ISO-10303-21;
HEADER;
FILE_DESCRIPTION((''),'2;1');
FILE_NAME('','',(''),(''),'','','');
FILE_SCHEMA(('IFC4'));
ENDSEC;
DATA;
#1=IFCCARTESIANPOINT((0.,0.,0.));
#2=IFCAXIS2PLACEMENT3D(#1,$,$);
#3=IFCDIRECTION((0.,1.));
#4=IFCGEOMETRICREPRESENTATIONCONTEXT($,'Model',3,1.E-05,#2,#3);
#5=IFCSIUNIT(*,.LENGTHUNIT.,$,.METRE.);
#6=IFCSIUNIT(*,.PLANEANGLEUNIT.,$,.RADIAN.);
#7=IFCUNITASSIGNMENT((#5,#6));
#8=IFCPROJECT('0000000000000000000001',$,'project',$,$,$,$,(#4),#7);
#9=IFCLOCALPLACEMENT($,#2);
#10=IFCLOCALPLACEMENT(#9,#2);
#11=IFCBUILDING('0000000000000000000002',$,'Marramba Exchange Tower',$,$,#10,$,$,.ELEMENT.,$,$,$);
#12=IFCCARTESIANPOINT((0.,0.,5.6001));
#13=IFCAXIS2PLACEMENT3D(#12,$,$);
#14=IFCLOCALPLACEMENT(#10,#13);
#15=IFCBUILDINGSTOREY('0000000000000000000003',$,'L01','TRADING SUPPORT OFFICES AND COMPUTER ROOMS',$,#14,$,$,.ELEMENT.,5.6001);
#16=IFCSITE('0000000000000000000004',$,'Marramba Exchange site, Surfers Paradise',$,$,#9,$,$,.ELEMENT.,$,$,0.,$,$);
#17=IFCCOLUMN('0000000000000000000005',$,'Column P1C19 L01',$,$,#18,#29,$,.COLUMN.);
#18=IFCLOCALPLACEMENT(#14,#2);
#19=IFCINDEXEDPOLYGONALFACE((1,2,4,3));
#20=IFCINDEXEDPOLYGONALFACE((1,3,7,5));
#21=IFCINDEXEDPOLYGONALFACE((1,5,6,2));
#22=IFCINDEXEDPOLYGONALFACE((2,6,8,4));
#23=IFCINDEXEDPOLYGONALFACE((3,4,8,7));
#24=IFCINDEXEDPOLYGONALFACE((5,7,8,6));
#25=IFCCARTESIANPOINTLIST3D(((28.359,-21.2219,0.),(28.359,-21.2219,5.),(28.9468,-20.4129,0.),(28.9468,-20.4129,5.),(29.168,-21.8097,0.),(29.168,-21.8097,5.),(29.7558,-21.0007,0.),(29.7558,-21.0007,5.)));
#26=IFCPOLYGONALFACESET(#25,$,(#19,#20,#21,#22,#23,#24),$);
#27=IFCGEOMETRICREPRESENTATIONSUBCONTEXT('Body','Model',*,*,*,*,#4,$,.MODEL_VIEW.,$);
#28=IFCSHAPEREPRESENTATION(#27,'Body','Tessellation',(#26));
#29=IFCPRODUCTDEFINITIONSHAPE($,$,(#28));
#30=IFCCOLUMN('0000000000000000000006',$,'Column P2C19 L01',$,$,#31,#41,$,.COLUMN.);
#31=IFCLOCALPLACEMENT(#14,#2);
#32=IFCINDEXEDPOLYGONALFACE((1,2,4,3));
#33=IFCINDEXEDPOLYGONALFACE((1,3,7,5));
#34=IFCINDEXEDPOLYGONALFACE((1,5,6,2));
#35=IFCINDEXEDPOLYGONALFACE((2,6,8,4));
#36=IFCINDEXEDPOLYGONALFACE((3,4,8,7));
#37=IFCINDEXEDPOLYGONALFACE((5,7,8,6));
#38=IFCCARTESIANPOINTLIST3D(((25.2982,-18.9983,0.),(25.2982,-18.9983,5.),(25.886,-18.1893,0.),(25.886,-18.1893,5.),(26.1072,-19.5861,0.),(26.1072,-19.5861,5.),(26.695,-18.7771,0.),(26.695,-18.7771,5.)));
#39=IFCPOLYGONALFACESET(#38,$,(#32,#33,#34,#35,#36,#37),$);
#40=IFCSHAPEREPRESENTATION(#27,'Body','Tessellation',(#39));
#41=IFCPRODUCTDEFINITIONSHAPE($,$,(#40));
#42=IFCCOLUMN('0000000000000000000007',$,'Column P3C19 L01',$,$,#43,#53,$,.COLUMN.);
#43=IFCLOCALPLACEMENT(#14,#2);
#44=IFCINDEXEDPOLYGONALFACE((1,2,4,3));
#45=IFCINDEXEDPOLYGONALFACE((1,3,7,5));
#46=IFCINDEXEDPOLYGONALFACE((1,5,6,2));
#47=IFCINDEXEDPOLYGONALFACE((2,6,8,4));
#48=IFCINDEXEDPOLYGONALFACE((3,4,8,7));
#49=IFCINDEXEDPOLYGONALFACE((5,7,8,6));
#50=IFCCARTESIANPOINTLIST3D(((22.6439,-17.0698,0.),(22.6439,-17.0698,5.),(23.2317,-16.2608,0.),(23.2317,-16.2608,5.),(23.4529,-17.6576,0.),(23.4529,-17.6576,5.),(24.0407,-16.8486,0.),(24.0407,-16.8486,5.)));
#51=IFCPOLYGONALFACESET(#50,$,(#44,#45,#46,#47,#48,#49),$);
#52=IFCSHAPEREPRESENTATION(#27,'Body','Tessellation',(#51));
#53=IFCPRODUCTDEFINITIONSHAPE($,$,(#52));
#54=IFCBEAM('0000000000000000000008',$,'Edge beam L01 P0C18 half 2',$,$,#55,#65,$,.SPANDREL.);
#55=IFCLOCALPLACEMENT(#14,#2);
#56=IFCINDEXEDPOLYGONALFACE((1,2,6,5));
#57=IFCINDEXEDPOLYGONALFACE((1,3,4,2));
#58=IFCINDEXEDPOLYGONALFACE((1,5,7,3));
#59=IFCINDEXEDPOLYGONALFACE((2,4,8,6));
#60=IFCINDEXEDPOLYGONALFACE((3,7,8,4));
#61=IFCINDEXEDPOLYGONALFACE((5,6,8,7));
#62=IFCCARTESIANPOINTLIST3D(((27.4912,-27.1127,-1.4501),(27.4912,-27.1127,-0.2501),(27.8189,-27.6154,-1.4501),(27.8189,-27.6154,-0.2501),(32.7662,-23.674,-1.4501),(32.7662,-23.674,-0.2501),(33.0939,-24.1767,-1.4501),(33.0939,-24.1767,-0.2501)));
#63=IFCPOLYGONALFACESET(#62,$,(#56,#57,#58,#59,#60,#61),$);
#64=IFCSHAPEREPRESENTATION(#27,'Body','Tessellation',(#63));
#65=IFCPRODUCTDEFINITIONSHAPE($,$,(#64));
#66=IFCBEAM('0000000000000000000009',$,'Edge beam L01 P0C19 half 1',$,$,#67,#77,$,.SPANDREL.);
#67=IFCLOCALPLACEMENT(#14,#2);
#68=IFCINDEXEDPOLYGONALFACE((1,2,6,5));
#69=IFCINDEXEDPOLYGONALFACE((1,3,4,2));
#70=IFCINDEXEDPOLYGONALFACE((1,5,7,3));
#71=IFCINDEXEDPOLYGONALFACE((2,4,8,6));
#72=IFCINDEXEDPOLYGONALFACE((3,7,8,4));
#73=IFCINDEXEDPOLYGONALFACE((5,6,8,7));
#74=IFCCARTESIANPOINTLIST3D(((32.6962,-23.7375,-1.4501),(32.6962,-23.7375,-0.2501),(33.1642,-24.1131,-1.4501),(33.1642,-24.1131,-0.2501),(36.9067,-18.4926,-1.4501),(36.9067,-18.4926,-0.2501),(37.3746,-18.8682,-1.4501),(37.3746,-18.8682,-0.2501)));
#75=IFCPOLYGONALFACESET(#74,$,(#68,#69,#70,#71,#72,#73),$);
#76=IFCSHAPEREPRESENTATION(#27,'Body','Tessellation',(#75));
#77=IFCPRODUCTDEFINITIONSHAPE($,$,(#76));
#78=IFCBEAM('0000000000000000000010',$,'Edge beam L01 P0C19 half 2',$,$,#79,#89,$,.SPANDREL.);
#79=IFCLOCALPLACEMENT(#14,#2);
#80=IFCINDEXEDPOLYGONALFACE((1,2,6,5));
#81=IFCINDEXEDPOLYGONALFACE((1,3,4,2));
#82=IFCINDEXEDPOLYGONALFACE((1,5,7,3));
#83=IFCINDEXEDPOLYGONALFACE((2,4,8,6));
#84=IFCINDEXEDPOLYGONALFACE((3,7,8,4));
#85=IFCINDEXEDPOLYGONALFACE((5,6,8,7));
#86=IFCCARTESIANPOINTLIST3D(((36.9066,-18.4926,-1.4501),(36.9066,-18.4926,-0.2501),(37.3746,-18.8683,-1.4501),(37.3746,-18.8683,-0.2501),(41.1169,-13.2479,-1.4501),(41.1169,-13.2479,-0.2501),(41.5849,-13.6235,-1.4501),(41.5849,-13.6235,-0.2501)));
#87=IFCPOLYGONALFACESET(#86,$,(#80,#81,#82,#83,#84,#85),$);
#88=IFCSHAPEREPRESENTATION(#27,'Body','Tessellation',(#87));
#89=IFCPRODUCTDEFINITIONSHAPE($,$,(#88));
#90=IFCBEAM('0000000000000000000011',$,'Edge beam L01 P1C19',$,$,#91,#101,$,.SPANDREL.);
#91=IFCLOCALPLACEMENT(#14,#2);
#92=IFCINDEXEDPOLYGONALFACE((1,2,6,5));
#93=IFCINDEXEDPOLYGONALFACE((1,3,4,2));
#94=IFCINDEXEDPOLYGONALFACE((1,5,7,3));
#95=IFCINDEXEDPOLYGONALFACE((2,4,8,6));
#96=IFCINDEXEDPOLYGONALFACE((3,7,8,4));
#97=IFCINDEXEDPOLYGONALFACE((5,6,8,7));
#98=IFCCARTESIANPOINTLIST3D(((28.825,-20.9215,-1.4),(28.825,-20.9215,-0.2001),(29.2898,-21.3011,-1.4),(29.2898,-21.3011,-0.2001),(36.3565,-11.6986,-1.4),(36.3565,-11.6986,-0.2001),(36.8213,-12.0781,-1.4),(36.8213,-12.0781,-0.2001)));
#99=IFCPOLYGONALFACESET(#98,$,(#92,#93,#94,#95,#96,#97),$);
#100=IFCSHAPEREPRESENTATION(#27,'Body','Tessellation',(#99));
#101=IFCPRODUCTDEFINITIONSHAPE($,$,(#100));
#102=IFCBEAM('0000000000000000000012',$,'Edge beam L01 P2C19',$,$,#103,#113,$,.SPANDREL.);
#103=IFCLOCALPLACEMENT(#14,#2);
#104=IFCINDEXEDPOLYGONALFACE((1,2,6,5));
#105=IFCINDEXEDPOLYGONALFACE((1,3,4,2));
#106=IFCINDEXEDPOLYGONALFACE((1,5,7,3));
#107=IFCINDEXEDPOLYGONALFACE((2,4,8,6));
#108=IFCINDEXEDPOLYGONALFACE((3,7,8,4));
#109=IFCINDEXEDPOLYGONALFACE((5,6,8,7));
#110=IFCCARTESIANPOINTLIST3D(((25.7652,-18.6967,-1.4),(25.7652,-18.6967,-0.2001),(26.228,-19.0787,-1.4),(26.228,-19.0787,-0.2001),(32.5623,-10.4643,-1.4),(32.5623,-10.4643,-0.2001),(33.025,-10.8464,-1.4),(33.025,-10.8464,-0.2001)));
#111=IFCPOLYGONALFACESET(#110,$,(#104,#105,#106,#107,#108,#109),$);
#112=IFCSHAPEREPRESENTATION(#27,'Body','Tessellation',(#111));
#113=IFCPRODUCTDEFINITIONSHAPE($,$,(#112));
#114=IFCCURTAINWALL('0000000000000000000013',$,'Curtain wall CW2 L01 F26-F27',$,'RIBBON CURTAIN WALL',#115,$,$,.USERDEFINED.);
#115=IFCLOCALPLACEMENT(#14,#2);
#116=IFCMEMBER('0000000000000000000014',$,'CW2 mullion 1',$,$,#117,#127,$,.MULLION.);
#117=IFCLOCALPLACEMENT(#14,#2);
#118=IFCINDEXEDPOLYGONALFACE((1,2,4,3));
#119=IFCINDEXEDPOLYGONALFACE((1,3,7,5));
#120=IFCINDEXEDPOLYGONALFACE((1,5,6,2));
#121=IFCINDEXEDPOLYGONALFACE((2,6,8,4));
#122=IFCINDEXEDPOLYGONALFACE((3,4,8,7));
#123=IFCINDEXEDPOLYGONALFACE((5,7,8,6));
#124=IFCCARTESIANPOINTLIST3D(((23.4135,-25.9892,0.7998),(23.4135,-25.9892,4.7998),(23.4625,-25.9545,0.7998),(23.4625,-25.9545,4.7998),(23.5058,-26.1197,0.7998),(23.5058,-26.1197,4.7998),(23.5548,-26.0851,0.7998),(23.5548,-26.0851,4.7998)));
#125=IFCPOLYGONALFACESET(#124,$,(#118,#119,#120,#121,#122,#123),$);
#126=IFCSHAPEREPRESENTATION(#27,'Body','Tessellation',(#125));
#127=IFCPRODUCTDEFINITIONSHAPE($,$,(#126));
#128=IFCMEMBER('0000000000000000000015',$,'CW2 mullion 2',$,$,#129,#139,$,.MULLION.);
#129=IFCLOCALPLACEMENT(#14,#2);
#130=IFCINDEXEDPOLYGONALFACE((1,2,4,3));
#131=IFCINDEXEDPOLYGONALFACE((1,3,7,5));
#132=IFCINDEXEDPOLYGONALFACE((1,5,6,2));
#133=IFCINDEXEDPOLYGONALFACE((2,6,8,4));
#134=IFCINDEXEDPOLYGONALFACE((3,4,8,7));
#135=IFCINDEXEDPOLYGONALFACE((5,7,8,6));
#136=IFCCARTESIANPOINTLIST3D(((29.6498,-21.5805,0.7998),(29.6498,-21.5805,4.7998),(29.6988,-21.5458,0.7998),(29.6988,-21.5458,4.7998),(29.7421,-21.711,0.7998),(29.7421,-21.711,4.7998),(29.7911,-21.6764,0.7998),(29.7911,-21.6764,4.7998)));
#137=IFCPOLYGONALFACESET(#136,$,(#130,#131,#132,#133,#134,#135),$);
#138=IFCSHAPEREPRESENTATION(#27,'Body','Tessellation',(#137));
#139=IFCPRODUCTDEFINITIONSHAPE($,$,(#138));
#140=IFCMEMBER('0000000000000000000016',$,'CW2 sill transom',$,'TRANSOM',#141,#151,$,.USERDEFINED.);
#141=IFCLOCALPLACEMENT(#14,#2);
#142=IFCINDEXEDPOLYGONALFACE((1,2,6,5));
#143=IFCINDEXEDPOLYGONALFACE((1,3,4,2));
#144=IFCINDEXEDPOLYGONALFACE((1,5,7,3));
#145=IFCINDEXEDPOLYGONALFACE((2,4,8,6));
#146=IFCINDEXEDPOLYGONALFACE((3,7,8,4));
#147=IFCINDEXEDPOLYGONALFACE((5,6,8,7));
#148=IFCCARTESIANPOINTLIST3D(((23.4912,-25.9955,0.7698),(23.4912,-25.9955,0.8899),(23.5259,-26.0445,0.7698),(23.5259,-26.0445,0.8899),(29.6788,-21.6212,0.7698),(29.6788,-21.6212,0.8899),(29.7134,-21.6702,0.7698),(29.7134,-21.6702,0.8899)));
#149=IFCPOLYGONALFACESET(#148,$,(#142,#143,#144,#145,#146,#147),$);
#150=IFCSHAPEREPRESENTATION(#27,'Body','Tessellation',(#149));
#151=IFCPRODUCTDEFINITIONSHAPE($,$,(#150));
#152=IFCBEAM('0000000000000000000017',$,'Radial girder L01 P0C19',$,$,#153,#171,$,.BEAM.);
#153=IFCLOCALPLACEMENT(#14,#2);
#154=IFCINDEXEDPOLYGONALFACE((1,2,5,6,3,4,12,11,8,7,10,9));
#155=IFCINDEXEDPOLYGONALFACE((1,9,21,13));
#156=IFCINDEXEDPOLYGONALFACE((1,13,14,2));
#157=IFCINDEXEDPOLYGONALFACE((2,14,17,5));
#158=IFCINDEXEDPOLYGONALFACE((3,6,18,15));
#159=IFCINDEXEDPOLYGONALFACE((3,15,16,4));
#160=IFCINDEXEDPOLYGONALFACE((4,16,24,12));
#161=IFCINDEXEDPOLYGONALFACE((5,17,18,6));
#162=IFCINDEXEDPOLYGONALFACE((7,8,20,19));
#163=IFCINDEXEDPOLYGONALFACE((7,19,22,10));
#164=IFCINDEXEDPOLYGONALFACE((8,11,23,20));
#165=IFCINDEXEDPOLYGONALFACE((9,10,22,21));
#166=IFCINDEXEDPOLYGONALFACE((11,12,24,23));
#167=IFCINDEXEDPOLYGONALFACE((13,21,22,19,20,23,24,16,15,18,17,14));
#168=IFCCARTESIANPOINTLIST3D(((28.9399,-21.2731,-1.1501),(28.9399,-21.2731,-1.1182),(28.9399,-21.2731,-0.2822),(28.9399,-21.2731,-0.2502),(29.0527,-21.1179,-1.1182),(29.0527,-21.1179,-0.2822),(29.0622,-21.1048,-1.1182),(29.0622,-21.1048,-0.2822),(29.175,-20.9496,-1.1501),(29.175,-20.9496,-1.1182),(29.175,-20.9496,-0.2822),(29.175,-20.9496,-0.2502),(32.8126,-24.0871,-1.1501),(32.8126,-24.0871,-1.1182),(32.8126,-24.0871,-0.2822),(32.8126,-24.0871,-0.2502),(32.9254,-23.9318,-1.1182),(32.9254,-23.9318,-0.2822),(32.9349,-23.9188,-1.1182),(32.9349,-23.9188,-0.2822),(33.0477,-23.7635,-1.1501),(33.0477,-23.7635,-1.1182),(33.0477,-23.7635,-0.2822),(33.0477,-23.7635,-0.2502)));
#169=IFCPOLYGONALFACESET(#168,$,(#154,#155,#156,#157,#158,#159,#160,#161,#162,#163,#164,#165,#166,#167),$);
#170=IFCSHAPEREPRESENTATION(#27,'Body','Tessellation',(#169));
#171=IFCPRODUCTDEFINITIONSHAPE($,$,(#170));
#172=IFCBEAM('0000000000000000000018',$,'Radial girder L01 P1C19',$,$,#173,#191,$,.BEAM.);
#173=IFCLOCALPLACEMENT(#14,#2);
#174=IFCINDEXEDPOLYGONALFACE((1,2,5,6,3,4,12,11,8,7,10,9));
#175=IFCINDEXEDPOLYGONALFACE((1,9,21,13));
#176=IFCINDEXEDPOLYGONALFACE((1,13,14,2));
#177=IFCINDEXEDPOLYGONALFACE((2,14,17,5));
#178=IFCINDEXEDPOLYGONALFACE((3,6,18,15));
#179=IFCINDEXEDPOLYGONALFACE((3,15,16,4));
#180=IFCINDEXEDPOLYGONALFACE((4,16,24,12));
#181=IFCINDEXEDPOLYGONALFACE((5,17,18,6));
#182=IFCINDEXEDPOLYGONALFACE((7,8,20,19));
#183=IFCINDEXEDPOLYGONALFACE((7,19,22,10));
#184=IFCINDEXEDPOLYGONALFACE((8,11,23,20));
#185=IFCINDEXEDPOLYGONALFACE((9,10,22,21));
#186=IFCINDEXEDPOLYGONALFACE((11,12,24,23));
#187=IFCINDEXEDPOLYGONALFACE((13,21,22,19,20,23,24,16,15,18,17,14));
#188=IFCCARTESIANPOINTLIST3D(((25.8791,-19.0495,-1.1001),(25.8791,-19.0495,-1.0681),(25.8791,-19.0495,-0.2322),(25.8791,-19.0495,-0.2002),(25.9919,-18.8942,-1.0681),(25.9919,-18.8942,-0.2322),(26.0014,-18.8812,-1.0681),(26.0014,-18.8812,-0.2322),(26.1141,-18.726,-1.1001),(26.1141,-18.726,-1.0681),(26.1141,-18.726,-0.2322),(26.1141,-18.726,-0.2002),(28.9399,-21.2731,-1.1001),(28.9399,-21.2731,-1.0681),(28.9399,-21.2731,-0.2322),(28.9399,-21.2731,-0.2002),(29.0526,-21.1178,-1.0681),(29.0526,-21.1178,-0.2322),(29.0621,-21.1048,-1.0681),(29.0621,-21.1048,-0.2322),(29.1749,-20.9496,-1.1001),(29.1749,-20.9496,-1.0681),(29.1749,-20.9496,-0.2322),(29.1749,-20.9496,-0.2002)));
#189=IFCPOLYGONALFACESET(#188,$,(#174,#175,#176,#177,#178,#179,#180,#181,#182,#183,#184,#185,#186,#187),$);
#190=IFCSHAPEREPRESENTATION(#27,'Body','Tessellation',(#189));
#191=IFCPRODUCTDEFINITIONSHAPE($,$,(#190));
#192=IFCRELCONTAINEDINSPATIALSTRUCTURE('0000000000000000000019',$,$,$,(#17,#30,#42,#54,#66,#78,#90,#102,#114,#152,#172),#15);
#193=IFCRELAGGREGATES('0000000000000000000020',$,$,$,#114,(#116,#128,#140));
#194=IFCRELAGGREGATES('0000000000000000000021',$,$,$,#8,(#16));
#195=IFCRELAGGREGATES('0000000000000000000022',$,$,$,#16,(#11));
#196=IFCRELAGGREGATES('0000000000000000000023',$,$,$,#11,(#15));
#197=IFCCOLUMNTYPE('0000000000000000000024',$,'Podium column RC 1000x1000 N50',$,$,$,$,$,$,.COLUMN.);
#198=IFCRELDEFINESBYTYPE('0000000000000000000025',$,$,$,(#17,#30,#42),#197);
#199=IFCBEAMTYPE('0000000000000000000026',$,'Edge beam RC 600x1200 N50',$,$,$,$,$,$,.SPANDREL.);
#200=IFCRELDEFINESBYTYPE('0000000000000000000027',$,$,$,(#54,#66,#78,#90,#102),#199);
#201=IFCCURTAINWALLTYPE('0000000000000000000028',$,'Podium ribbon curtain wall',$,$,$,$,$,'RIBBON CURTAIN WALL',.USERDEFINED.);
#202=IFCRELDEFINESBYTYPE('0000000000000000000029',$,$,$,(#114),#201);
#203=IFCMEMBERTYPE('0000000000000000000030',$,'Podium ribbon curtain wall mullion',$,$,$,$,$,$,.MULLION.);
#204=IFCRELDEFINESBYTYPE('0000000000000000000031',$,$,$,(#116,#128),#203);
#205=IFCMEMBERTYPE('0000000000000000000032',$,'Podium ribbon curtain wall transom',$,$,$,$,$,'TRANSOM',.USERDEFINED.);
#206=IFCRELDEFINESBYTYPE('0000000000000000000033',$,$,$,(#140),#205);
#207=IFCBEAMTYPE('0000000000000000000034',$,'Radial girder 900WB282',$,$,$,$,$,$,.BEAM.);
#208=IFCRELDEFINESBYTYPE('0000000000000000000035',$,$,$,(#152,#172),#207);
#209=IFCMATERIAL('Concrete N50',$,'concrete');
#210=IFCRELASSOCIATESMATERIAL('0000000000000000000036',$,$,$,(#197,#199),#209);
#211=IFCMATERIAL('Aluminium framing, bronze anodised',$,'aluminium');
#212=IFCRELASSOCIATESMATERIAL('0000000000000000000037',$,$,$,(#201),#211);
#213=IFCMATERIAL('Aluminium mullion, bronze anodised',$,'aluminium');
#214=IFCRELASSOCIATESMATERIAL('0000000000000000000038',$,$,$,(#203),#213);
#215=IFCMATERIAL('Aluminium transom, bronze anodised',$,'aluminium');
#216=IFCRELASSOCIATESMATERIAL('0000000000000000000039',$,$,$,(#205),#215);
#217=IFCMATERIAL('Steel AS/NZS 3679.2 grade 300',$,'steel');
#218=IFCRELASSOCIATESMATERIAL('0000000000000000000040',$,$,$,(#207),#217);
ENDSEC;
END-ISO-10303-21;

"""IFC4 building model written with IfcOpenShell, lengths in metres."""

from ifc_helpers import new_model, si_unit, direction, frame, origin, origin_2d, place, context, subcontext, project, spatial, rectangle, i_section, extrude, material, material_profile, profile_set, type_object, element, aggregate, save


model = new_model("IFC4")

# Units and contexts
model_context = context("Model", 3, precision=1e-05, world=origin(), true_north=direction((0.0, 1.0)))
body_context = subcontext(model_context, "Body", "Model", "MODEL_VIEW")
ifc_project = project(units=[si_unit("LENGTHUNIT", "METRE"), si_unit("PLANEANGLEUNIT", "RADIAN")], contexts=[model_context])

# Site, building, storey
site_placement = place(None, origin())
site = spatial("IfcSite", under=ifc_project, at=site_placement, Name="Marramba Exchange site, Surfers Paradise", CompositionType="ELEMENT", RefElevation=0.0)
building_placement = place(site_placement, origin())
building = spatial("IfcBuilding", under=site, at=building_placement, Name="Marramba Exchange Tower", CompositionType="ELEMENT")
storey_placement = place(building_placement, frame((0.0, 0.0, 5.6001)))
storey = spatial("IfcBuildingStorey", under=building, at=storey_placement, Name="L01", Description="TRADING SUPPORT OFFICES AND COMPUTER ROOMS", CompositionType="ELEMENT", Elevation=5.6001)

# Columns
ifc_material_1 = material(Name="Concrete N50", Category="concrete")
ifc_material_profile_1 = material_profile(ifc_material_1, rectangle(XDim=1.0, YDim=1.0, at=origin_2d()), Name="RC 1000x1000")
ifc_profile_set_1 = profile_set([ifc_material_profile_1], Name="Concrete N50")
column_type = type_object("IfcColumnType", Name="Podium column RC 1000x1000 N50", PredefinedType="COLUMN", material=ifc_profile_set_1)
for number, where, z_axis, x_axis, name in (
    (1, (29.0574, -21.1113, 0.0), (0.0, 0.0, 1.0), (0.809017, -0.587785, 0.0), "Column P1C19 L01"),
    (2, (25.9966, -18.8877, 0.0), (0.0, 0.0, 1.0), (0.809017, -0.587785, 0.0), "Column P2C19 L01"),
    (3, (23.3423, -16.9592, 0.0), (0.0, 0.0, 1.0), (0.809017, -0.587785, 0.0), "Column P3C19 L01"),
):
    element("IfcColumn", number, at=place(storey_placement, frame(where, z_axis=z_axis, x_axis=x_axis)), inside=storey, type_object=column_type, Name=name, PredefinedType="COLUMN", context=body_context, shape_type="SweptSolid", body=[
        extrude(rectangle(XDim=1.0, YDim=1.0, at=origin_2d()), origin(), (0.0, 0.0, 1.0), 5.0),
    ])

# Beams
ifc_material_profile_2 = material_profile(ifc_material_1, rectangle(XDim=0.6001, YDim=1.2, at=origin_2d()), Name="RC 600x1200")
ifc_profile_set_2 = profile_set([ifc_material_profile_2], Name="Concrete N50")
beam_type_1 = type_object("IfcBeamType", Name="Edge beam RC 600x1200 N50", PredefinedType="SPANDREL", material=ifc_profile_set_2)
beam_1_placement = place(storey_placement, frame((27.655, -27.364, -0.8501), z_axis=(0.837726, 0.54609, 0.0), x_axis=(-0.54609, 0.837726, 0.0)))
element("IfcBeam", 4, at=beam_1_placement, inside=storey, type_object=beam_type_1, Name="Edge beam L01 P0C18 half 2", PredefinedType="SPANDREL", context=body_context, shape_type="SweptSolid", body=[
    extrude(rectangle(XDim=0.6001, YDim=1.2, at=origin_2d()), origin(), (0.0, 0.0, 1.0), 6.2969),
])
beam_2_placement = place(storey_placement, frame((32.9302, -23.9253, -0.8501), z_axis=(0.626013, 0.779812, 0.0), x_axis=(-0.779812, 0.626013, 0.0)))
element("IfcBeam", 5, at=beam_2_placement, inside=storey, type_object=beam_type_1, Name="Edge beam L01 P0C19 half 1", PredefinedType="SPANDREL", context=body_context, shape_type="SweptSolid", body=[
    extrude(rectangle(XDim=0.6001, YDim=1.2, at=origin_2d()), origin(), (0.0, 0.0, 1.0), 6.7258),
])
beam_3_placement = place(storey_placement, frame((37.1406, -18.6804, -0.8501), z_axis=(0.626009, 0.779816, 0.0), x_axis=(-0.779816, 0.626009, 0.0)))
element("IfcBeam", 6, at=beam_3_placement, inside=storey, type_object=beam_type_1, Name="Edge beam L01 P0C19 half 2", PredefinedType="SPANDREL", context=body_context, shape_type="SweptSolid", body=[
    extrude(rectangle(XDim=0.6001, YDim=1.2, at=origin_2d()), origin(), (0.0, 0.0, 1.0), 6.7256),
])
beam_4_placement = place(storey_placement, frame((29.0574, -21.1113, -0.8), z_axis=(0.632507, 0.774554, 0.0), x_axis=(-0.774554, 0.632507, 0.0)))
element("IfcBeam", 7, at=beam_4_placement, inside=storey, type_object=beam_type_1, Name="Edge beam L01 P1C19", PredefinedType="SPANDREL", context=body_context, shape_type="SweptSolid", body=[
    extrude(rectangle(XDim=0.6001, YDim=1.2, at=origin_2d()), origin(), (0.0, 0.0, 1.0), 11.9075),
])
beam_5_placement = place(storey_placement, frame((25.9966, -18.8877, -0.8), z_axis=(0.636682, 0.771126, 0.0), x_axis=(-0.771126, 0.636682, 0.0)))
element("IfcBeam", 8, at=beam_5_placement, inside=storey, type_object=beam_type_1, Name="Edge beam L01 P2C19", PredefinedType="SPANDREL", context=body_context, shape_type="SweptSolid", body=[
    extrude(rectangle(XDim=0.6001, YDim=1.2, at=origin_2d()), origin(), (0.0, 0.0, 1.0), 10.6758),
])

# Curtain wall, members
ifc_material_2 = material(Name="Aluminium framing, bronze anodised", Category="aluminium")
curtain_wall_type = type_object("IfcCurtainWallType", Name="Podium ribbon curtain wall", ElementType="RIBBON CURTAIN WALL", PredefinedType="USERDEFINED", material=ifc_material_2)
curtain_wall_placement = place(storey_placement, origin())
curtain_wall = element("IfcCurtainWall", 9, at=curtain_wall_placement, inside=storey, type_object=curtain_wall_type, Name="Curtain wall CW2 L01 F26-F27", ObjectType="RIBBON CURTAIN WALL", PredefinedType="USERDEFINED")
ifc_material_3 = material(Name="Aluminium mullion, bronze anodised", Category="aluminium")
ifc_material_profile_3 = material_profile(ifc_material_3, rectangle(XDim=0.1599, YDim=0.0601, at=origin_2d()), Name="CW2 mullion 60x160")
ifc_profile_set_3 = profile_set([ifc_material_profile_3], Name="Aluminium mullion, bronze anodised")
member_type_1 = type_object("IfcMemberType", Name="Podium ribbon curtain wall mullion", PredefinedType="MULLION", material=ifc_profile_set_3)
member_1_placement = place(storey_placement, frame((23.4841, -26.0371, 0.7998), z_axis=(0.0, 0.0, 1.0), x_axis=(-0.577271, 0.816553, 0.0)))
member_1 = element("IfcMember", 10, at=member_1_placement, type_object=member_type_1, Name="CW2 mullion 1", PredefinedType="MULLION", context=body_context, shape_type="SweptSolid", body=[
    extrude(rectangle(XDim=0.1599, YDim=0.0601, at=origin_2d()), origin(), (0.0, 0.0, 1.0), 4.0),
])
member_2_placement = place(storey_placement, frame((29.7205, -21.6284, 0.7998), z_axis=(0.0, 0.0, 1.0), x_axis=(-0.577271, 0.816553, 0.0)))
member_2 = element("IfcMember", 11, at=member_2_placement, type_object=member_type_1, Name="CW2 mullion 2", PredefinedType="MULLION", context=body_context, shape_type="SweptSolid", body=[
    extrude(rectangle(XDim=0.1599, YDim=0.0601, at=origin_2d()), origin(), (0.0, 0.0, 1.0), 4.0),
])
ifc_material_4 = material(Name="Aluminium transom, bronze anodised", Category="aluminium")
ifc_material_profile_4 = material_profile(ifc_material_4, rectangle(XDim=0.0601, YDim=0.1201, at=origin_2d()), Name="CW2 transom 60x120")
ifc_profile_set_4 = profile_set([ifc_material_profile_4], Name="Aluminium transom, bronze anodised")
member_type_2 = type_object("IfcMemberType", Name="Podium ribbon curtain wall transom", ElementType="TRANSOM", PredefinedType="USERDEFINED", material=ifc_profile_set_4)
member_3_placement = place(storey_placement, frame((23.5085, -26.02, 0.8298), z_axis=(0.816556, 0.577266, 0.0), x_axis=(-0.577266, 0.816556, 0.0)))
member_3 = element("IfcMember", 12, at=member_3_placement, type_object=member_type_2, Name="CW2 sill transom", ObjectType="TRANSOM", PredefinedType="USERDEFINED", context=body_context, shape_type="SweptSolid", body=[
    extrude(rectangle(XDim=0.0601, YDim=0.1201, at=origin_2d()), origin(), (0.0, 0.0, 1.0), 7.5776),
])

# Beams
ifc_material_5 = material(Name="Steel AS/NZS 3679.2 grade 300", Category="steel")
ifc_material_profile_5 = material_profile(ifc_material_5, i_section(OverallWidth=0.3999, OverallDepth=0.8999, WebThickness=0.0161, FlangeThickness=0.032, at=origin_2d()), Name="900WB282")
ifc_profile_set_5 = profile_set([ifc_material_profile_5], Name="Steel AS/NZS 3679.2 grade 300")
beam_type_2 = type_object("IfcBeamType", Name="Radial girder 900WB282", PredefinedType="BEAM", material=ifc_profile_set_5)
beam_6_placement = place(storey_placement, frame((32.9302, -23.9253, -0.7002), z_axis=(-0.808996, 0.587814, 0.0), x_axis=(-0.587814, -0.808996, 0.0)))
element("IfcBeam", 13, at=beam_6_placement, inside=storey, type_object=beam_type_2, Name="Radial girder L01 P0C19", PredefinedType="BEAM", context=body_context, shape_type="SweptSolid", body=[
    extrude(i_section(OverallWidth=0.3999, OverallDepth=0.8999, WebThickness=0.0161, FlangeThickness=0.032, at=origin_2d()), origin(), (0.0, 0.0, 1.0), 4.7871),
])
beam_7_placement = place(storey_placement, frame((29.0574, -21.1113, -0.6501), z_axis=(-0.809037, 0.587757, 0.0), x_axis=(-0.587757, -0.809037, 0.0)))
element("IfcBeam", 14, at=beam_7_placement, inside=storey, type_object=beam_type_2, Name="Radial girder L01 P1C19", PredefinedType="BEAM", context=body_context, shape_type="SweptSolid", body=[
    extrude(i_section(OverallWidth=0.3999, OverallDepth=0.8999, WebThickness=0.0161, FlangeThickness=0.032, at=origin_2d()), origin(), (0.0, 0.0, 1.0), 3.7832),
])

aggregate(curtain_wall, [member_1, member_2, member_3])

save(model, "model.ifc")
